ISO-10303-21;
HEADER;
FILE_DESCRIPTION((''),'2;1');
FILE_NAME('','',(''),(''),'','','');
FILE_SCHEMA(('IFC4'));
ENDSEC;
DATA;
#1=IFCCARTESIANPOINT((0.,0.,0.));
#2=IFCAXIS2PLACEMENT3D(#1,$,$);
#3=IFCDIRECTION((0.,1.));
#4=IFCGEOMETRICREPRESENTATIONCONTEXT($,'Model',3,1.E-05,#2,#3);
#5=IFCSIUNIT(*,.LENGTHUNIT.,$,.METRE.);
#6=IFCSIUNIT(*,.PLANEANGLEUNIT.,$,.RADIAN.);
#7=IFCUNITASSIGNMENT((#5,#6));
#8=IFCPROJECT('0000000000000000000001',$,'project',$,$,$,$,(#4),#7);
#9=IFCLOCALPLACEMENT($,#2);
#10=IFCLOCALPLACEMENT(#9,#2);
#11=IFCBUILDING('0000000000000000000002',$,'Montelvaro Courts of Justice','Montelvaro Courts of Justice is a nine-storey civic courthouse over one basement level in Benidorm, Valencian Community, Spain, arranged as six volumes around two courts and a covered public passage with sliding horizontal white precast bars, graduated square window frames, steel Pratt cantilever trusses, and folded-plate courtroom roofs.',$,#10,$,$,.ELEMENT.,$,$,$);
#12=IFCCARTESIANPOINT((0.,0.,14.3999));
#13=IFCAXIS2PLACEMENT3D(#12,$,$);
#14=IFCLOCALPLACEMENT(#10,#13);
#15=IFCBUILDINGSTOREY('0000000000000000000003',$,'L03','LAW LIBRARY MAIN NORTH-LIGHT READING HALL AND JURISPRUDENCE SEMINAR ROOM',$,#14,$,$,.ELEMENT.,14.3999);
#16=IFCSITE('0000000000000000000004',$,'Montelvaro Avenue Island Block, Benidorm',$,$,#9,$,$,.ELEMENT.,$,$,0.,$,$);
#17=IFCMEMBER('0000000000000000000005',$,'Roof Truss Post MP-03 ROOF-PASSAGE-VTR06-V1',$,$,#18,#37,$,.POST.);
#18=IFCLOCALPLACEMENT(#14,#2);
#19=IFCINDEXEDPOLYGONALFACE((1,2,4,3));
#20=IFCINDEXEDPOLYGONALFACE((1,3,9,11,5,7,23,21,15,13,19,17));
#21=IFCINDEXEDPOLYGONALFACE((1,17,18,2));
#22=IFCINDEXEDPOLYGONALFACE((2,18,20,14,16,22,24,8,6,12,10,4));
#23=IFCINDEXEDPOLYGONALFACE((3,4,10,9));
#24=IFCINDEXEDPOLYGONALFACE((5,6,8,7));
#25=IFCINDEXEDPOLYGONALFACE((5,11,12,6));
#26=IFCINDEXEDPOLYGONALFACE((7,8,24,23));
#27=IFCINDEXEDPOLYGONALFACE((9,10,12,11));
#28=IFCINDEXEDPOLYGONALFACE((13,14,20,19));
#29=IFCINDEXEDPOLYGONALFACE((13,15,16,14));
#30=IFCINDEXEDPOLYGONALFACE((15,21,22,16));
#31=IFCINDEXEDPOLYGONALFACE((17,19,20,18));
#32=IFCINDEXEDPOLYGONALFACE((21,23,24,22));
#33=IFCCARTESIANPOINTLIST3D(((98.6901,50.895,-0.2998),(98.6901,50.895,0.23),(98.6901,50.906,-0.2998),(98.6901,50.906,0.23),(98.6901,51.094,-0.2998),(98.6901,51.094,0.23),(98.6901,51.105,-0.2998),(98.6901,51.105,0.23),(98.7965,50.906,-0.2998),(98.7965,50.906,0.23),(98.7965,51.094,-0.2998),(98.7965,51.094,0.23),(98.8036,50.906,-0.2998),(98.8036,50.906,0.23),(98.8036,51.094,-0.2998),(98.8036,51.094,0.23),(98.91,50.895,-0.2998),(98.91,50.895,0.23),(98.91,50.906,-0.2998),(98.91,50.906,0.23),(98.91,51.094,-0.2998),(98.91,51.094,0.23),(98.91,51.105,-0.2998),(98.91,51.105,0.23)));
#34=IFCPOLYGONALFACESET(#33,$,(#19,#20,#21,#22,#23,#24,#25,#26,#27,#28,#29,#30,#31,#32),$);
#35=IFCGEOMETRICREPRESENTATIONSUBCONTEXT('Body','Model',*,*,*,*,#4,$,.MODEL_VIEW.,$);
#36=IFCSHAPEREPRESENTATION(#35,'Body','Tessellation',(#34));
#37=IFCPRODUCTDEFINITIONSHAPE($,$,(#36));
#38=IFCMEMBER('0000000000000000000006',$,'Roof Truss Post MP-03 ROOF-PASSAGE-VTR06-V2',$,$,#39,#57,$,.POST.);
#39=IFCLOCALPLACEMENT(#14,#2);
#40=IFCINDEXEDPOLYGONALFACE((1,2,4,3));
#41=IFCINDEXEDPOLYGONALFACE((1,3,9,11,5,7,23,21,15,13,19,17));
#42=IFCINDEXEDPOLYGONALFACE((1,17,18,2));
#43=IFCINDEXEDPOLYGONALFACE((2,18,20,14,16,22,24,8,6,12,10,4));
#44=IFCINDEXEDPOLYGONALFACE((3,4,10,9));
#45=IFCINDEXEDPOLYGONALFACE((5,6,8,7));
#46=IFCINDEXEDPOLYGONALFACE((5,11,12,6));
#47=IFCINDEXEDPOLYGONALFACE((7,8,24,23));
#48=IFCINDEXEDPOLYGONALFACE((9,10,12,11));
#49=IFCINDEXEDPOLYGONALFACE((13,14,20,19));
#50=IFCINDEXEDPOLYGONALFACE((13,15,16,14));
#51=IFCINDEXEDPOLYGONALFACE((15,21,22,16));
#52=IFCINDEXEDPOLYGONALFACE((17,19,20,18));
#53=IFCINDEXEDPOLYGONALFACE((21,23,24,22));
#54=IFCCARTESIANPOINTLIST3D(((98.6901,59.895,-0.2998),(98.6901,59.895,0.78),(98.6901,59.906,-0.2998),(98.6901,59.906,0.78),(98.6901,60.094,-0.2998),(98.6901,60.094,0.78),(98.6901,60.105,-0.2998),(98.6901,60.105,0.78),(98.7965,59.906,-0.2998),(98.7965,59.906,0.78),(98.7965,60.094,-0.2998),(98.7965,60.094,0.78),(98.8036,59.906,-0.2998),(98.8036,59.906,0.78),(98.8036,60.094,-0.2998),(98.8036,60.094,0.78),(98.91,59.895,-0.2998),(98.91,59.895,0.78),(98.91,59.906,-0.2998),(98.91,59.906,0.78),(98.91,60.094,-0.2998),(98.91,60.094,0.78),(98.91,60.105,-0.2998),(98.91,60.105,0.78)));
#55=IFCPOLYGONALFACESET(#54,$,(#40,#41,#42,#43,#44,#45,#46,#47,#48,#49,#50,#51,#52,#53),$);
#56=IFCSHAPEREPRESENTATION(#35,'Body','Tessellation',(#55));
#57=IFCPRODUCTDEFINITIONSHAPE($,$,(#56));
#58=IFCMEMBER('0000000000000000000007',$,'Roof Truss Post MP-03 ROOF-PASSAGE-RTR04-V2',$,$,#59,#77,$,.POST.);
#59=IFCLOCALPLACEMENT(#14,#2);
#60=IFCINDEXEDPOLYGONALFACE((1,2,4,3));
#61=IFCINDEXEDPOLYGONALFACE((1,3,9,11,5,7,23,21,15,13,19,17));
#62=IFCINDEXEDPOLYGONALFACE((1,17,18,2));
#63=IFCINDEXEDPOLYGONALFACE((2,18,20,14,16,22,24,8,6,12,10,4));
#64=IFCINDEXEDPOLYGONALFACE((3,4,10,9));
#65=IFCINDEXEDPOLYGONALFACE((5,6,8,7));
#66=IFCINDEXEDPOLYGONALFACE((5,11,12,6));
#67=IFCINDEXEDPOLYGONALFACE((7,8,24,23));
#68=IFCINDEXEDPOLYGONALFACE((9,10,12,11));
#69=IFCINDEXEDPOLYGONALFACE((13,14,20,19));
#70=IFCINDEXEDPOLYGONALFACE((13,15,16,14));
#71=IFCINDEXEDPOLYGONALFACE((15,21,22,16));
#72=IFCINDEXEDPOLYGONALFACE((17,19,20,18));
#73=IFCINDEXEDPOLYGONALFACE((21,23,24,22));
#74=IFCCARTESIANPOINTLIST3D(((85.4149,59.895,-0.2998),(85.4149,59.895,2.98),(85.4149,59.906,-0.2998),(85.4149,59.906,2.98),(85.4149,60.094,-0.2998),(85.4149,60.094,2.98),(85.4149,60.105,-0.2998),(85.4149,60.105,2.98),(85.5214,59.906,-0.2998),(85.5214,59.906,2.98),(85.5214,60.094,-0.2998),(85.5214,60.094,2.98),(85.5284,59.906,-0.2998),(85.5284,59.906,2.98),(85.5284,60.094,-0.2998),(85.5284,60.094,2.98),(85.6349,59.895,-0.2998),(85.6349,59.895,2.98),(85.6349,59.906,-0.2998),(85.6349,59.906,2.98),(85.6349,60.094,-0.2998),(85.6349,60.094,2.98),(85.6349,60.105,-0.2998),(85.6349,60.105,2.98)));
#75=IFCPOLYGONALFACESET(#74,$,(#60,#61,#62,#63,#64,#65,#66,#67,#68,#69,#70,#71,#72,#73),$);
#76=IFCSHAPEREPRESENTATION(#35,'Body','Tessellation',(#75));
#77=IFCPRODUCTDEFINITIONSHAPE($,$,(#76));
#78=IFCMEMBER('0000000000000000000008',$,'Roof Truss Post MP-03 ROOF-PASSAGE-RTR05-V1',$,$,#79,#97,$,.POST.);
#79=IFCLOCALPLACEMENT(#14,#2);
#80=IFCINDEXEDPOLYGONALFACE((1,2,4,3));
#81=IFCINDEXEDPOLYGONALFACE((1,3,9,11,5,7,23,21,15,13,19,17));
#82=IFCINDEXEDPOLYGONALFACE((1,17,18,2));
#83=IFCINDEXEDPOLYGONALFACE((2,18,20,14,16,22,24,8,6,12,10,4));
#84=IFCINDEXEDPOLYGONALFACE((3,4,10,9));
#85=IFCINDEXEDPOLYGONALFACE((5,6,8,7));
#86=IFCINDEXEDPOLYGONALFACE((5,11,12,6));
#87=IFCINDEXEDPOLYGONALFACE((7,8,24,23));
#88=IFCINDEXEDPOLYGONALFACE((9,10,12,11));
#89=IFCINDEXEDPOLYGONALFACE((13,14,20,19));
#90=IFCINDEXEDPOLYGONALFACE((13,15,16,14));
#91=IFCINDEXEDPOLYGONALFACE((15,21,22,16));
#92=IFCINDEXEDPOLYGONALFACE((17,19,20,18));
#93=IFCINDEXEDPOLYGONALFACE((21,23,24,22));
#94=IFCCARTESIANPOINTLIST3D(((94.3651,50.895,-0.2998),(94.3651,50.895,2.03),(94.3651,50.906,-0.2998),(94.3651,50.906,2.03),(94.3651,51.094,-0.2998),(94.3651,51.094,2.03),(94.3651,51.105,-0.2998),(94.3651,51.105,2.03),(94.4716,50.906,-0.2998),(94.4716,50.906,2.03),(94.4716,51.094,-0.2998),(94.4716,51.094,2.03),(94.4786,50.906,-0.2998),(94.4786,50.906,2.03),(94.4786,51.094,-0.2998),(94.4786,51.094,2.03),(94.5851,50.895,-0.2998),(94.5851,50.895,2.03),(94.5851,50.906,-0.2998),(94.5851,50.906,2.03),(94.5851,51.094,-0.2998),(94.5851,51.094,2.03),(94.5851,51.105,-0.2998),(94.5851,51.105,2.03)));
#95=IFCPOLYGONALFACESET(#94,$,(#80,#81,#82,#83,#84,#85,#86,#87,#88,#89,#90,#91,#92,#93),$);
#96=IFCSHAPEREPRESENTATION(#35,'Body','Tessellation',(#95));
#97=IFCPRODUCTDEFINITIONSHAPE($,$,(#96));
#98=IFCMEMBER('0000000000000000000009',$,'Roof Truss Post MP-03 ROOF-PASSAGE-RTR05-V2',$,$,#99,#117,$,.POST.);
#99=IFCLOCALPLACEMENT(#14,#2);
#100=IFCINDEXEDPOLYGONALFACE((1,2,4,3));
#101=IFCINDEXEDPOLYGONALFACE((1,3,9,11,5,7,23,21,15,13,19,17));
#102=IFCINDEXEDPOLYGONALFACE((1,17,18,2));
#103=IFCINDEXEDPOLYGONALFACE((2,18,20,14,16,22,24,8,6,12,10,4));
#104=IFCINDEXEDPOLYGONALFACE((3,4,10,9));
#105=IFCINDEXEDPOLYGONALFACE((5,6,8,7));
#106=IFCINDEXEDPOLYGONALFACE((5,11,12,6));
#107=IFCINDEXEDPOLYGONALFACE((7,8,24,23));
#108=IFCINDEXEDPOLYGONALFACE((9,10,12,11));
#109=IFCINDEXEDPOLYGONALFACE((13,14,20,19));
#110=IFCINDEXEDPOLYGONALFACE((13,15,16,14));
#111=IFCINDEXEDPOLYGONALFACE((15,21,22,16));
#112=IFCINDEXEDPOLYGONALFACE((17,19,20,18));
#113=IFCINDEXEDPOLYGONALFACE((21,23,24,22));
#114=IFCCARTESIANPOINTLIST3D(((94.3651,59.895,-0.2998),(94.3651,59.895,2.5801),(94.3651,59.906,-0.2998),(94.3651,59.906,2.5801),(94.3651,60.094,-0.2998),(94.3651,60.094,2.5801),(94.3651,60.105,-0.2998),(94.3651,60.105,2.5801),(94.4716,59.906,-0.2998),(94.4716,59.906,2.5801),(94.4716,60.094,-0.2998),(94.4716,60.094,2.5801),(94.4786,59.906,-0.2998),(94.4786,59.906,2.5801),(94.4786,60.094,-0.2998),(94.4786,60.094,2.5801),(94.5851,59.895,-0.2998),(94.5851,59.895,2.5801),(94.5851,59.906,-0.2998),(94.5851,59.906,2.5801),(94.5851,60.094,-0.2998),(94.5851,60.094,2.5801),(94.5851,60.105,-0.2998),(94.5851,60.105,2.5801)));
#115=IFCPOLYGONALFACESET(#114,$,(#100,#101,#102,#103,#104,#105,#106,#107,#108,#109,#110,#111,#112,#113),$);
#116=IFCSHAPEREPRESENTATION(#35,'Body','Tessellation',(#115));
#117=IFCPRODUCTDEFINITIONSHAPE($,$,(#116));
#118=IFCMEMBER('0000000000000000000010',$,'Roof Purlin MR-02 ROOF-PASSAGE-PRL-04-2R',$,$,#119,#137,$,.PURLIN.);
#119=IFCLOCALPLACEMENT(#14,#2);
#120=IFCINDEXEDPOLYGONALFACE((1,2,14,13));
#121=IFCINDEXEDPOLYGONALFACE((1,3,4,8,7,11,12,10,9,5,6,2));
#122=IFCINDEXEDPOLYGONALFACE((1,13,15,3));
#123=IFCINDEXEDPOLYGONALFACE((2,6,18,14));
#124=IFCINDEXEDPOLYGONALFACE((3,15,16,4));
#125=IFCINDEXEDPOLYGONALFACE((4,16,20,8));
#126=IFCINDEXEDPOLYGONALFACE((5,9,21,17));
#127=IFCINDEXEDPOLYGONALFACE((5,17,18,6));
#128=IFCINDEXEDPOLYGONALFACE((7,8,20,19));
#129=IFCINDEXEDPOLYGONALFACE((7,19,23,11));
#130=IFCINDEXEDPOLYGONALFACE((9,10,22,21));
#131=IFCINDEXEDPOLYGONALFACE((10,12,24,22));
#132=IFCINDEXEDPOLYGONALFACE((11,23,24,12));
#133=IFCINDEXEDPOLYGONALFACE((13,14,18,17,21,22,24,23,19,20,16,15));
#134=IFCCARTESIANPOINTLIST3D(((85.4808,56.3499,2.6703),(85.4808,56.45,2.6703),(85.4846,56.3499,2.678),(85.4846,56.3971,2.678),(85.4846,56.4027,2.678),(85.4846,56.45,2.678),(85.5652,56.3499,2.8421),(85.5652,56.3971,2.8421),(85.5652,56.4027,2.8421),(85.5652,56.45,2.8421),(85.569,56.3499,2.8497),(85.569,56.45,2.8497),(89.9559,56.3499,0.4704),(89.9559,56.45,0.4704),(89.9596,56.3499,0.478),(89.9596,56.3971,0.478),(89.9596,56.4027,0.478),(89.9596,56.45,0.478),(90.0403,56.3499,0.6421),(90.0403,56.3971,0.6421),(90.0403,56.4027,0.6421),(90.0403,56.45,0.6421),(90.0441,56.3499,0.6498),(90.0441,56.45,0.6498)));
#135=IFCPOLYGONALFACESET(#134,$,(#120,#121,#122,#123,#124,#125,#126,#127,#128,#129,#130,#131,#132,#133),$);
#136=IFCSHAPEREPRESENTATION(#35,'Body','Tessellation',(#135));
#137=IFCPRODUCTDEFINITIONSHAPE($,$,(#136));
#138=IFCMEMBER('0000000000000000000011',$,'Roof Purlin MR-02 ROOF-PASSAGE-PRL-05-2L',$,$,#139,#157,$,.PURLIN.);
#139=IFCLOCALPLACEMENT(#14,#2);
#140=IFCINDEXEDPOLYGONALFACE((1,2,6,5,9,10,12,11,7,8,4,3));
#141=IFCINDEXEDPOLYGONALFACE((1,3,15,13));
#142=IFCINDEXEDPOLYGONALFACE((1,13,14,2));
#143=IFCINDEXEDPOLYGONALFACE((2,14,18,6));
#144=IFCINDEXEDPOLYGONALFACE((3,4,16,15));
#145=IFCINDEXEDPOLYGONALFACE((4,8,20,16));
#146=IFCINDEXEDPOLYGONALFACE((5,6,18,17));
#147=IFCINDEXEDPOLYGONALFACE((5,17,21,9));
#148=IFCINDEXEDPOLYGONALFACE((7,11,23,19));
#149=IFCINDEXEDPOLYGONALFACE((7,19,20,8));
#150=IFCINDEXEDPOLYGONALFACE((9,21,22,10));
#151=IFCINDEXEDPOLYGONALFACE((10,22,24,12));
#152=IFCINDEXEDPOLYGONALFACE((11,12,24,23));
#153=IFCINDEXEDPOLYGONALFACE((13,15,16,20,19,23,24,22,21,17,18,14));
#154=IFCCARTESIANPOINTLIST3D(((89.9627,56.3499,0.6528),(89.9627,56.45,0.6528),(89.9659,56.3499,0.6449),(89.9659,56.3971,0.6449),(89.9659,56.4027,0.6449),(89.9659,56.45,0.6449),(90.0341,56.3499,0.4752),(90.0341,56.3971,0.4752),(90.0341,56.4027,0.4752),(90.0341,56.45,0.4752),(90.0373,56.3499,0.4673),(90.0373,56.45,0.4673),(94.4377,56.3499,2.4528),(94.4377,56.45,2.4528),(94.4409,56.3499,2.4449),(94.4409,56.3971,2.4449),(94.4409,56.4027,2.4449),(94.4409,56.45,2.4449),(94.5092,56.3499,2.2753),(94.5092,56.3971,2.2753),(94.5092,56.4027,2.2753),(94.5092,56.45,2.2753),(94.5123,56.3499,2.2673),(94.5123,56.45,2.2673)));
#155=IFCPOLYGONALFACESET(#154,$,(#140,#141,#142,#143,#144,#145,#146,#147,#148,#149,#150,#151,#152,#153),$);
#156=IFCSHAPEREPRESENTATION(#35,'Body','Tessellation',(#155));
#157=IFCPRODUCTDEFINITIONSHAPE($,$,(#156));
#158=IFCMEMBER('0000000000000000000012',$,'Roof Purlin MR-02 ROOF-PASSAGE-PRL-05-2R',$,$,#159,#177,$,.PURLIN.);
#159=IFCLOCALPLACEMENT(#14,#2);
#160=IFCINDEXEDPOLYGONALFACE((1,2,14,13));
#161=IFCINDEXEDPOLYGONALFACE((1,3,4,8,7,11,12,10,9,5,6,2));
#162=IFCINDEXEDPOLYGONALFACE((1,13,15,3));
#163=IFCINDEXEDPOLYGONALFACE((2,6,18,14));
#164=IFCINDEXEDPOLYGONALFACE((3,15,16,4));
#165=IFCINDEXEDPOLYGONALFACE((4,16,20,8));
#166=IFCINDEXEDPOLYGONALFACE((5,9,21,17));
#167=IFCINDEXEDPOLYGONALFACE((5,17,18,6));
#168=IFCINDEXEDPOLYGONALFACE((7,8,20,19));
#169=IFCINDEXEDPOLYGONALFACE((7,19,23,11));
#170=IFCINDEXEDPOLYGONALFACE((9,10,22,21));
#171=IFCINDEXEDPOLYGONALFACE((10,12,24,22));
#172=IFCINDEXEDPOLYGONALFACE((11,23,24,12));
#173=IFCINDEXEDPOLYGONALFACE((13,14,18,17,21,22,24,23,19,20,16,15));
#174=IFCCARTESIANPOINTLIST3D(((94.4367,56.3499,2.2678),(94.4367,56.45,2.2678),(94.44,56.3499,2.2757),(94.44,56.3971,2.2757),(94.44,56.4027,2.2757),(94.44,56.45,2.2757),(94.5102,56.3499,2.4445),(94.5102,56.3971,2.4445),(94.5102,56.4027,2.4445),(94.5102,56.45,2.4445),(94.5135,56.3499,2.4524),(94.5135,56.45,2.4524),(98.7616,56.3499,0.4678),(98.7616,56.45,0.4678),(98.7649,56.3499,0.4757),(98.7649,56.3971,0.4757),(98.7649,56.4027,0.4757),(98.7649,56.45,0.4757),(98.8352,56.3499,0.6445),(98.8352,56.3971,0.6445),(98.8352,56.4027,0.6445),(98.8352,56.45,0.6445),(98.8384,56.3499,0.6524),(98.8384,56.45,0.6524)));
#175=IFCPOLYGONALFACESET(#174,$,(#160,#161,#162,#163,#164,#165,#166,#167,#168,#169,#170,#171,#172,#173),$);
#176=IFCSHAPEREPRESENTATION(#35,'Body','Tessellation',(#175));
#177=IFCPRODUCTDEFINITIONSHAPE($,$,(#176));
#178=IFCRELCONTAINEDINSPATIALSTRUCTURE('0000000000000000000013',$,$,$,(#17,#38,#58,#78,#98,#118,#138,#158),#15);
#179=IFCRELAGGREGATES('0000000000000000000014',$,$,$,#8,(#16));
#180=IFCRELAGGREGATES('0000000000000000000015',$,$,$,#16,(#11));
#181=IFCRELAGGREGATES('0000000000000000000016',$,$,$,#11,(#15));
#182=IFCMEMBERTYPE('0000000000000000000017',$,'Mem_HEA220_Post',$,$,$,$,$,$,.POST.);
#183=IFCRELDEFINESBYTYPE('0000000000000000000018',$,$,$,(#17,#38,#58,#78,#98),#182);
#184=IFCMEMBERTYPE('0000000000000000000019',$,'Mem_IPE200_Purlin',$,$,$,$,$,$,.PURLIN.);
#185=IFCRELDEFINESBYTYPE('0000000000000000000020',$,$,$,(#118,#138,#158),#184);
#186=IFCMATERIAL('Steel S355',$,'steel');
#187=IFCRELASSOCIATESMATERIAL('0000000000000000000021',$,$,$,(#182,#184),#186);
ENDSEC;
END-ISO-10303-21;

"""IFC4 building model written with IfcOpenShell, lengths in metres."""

from ifc_helpers import new_model, si_unit, direction, frame, origin, origin_2d, place, context, subcontext, project, spatial, i_section, extrude, material, material_profile, profile_set, type_object, element, save


model = new_model("IFC4")

# Units and contexts
model_context = context("Model", 3, precision=1e-05, world=origin(), true_north=direction((0.0, 1.0)))
body_context = subcontext(model_context, "Body", "Model", "MODEL_VIEW")
ifc_project = project(units=[si_unit("LENGTHUNIT", "METRE"), si_unit("PLANEANGLEUNIT", "RADIAN")], contexts=[model_context])

# Site, building, storey
site_placement = place(None, origin())
site = spatial("IfcSite", under=ifc_project, at=site_placement, Name="Montelvaro Avenue Island Block, Benidorm", CompositionType="ELEMENT", RefElevation=0.0)
building_placement = place(site_placement, origin())
building = spatial("IfcBuilding", under=site, at=building_placement, Name="Montelvaro Courts of Justice", Description="Montelvaro Courts of Justice is a nine-storey civic courthouse over one basement level in Benidorm, Valencian Community, Spain, arranged as six volumes around two courts and a covered public passage with sliding horizontal white precast bars, graduated square window frames, steel Pratt cantilever trusses, and folded-plate courtroom roofs.", CompositionType="ELEMENT")
storey_placement = place(building_placement, frame((0.0, 0.0, 14.3999)))
storey = spatial("IfcBuildingStorey", under=building, at=storey_placement, Name="L03", Description="LAW LIBRARY MAIN NORTH-LIGHT READING HALL AND JURISPRUDENCE SEMINAR ROOM", CompositionType="ELEMENT", Elevation=14.3999)

# Members
ifc_material = material(Name="Steel S355", Category="steel")
ifc_material_profile_1 = material_profile(ifc_material, i_section(OverallWidth=0.22, OverallDepth=0.21, WebThickness=0.0071, FlangeThickness=0.011, at=origin_2d()), Name="HEA 220")
ifc_profile_set_1 = profile_set([ifc_material_profile_1], Name="Steel S355")
member_type_1 = type_object("IfcMemberType", Name="Mem_HEA220_Post", PredefinedType="POST", material=ifc_profile_set_1)
member_1_placement = place(storey_placement, frame((98.8, 51.0, -0.2998), z_axis=(0.0, 0.0, 1.0), x_axis=(1.0, 0.0, 0.0)))
element("IfcMember", 1, at=member_1_placement, inside=storey, type_object=member_type_1, Name="Roof Truss Post MP-03 ROOF-PASSAGE-VTR06-V1", PredefinedType="POST", context=body_context, shape_type="SweptSolid", body=[
    extrude(i_section(OverallWidth=0.22, OverallDepth=0.21, WebThickness=0.0071, FlangeThickness=0.011, at=origin_2d()), origin(), (0.0, 0.0, 1.0), 0.5298),
])
member_2_placement = place(storey_placement, frame((98.8, 60.0, -0.2998), z_axis=(0.0, 0.0, 1.0), x_axis=(1.0, 0.0, 0.0)))
element("IfcMember", 2, at=member_2_placement, inside=storey, type_object=member_type_1, Name="Roof Truss Post MP-03 ROOF-PASSAGE-VTR06-V2", PredefinedType="POST", context=body_context, shape_type="SweptSolid", body=[
    extrude(i_section(OverallWidth=0.22, OverallDepth=0.21, WebThickness=0.0071, FlangeThickness=0.011, at=origin_2d()), origin(), (0.0, 0.0, 1.0), 1.0798),
])
member_3_placement = place(storey_placement, frame((85.5249, 60.0, -0.2998), z_axis=(0.0, 0.0, 1.0), x_axis=(1.0, 0.0, 0.0)))
element("IfcMember", 3, at=member_3_placement, inside=storey, type_object=member_type_1, Name="Roof Truss Post MP-03 ROOF-PASSAGE-RTR04-V2", PredefinedType="POST", context=body_context, shape_type="SweptSolid", body=[
    extrude(i_section(OverallWidth=0.22, OverallDepth=0.21, WebThickness=0.0071, FlangeThickness=0.011, at=origin_2d()), origin(), (0.0, 0.0, 1.0), 3.2798),
])
member_4_placement = place(storey_placement, frame((94.4751, 51.0, -0.2998), z_axis=(0.0, 0.0, 1.0), x_axis=(1.0, 0.0, 0.0)))
element("IfcMember", 4, at=member_4_placement, inside=storey, type_object=member_type_1, Name="Roof Truss Post MP-03 ROOF-PASSAGE-RTR05-V1", PredefinedType="POST", context=body_context, shape_type="SweptSolid", body=[
    extrude(i_section(OverallWidth=0.22, OverallDepth=0.21, WebThickness=0.0071, FlangeThickness=0.011, at=origin_2d()), origin(), (0.0, 0.0, 1.0), 2.3298),
])
member_5_placement = place(storey_placement, frame((94.4751, 60.0, -0.2998), z_axis=(0.0, 0.0, 1.0), x_axis=(1.0, 0.0, 0.0)))
element("IfcMember", 5, at=member_5_placement, inside=storey, type_object=member_type_1, Name="Roof Truss Post MP-03 ROOF-PASSAGE-RTR05-V2", PredefinedType="POST", context=body_context, shape_type="SweptSolid", body=[
    extrude(i_section(OverallWidth=0.22, OverallDepth=0.21, WebThickness=0.0071, FlangeThickness=0.011, at=origin_2d()), origin(), (0.0, 0.0, 1.0), 2.8799),
])
ifc_material_profile_2 = material_profile(ifc_material, i_section(OverallWidth=0.1001, OverallDepth=0.2, WebThickness=0.0056, FlangeThickness=0.0085, at=origin_2d()), Name="IPE 200")
ifc_profile_set_2 = profile_set([ifc_material_profile_2], Name="Steel S355")
member_type_2 = type_object("IfcMemberType", Name="Mem_IPE200_Purlin", PredefinedType="PURLIN", material=ifc_profile_set_2)
member_6_placement = place(storey_placement, frame((85.5249, 56.3999, 2.76), z_axis=(0.897423, 0.0, -0.441172), x_axis=(0.0, 1.0, 0.0)))
element("IfcMember", 6, at=member_6_placement, inside=storey, type_object=member_type_2, Name="Roof Purlin MR-02 ROOF-PASSAGE-PRL-04-2R", PredefinedType="PURLIN", context=body_context, shape_type="SweptSolid", body=[
    extrude(i_section(OverallWidth=0.1001, OverallDepth=0.2, WebThickness=0.0056, FlangeThickness=0.0085, at=origin_2d()), origin(), (0.0, 0.0, 1.0), 4.9866),
])
member_7_placement = place(storey_placement, frame((90.0, 56.3999, 0.5601), z_axis=(0.927759, 0.0, 0.373179), x_axis=(0.0, 1.0, 0.0)))
element("IfcMember", 7, at=member_7_placement, inside=storey, type_object=member_type_2, Name="Roof Purlin MR-02 ROOF-PASSAGE-PRL-05-2L", PredefinedType="PURLIN", context=body_context, shape_type="SweptSolid", body=[
    extrude(i_section(OverallWidth=0.1001, OverallDepth=0.2, WebThickness=0.0056, FlangeThickness=0.0085, at=origin_2d()), origin(), (0.0, 0.0, 1.0), 4.8235),
])
member_8_placement = place(storey_placement, frame((94.4751, 56.3999, 2.3601), z_axis=(0.923229, 0.0, -0.384249), x_axis=(0.0, 1.0, 0.0)))
element("IfcMember", 8, at=member_8_placement, inside=storey, type_object=member_type_2, Name="Roof Purlin MR-02 ROOF-PASSAGE-PRL-05-2R", PredefinedType="PURLIN", context=body_context, shape_type="SweptSolid", body=[
    extrude(i_section(OverallWidth=0.1001, OverallDepth=0.2, WebThickness=0.0056, FlangeThickness=0.0085, at=origin_2d()), origin(), (0.0, 0.0, 1.0), 4.6846),
])

save(model, "model.ifc")
